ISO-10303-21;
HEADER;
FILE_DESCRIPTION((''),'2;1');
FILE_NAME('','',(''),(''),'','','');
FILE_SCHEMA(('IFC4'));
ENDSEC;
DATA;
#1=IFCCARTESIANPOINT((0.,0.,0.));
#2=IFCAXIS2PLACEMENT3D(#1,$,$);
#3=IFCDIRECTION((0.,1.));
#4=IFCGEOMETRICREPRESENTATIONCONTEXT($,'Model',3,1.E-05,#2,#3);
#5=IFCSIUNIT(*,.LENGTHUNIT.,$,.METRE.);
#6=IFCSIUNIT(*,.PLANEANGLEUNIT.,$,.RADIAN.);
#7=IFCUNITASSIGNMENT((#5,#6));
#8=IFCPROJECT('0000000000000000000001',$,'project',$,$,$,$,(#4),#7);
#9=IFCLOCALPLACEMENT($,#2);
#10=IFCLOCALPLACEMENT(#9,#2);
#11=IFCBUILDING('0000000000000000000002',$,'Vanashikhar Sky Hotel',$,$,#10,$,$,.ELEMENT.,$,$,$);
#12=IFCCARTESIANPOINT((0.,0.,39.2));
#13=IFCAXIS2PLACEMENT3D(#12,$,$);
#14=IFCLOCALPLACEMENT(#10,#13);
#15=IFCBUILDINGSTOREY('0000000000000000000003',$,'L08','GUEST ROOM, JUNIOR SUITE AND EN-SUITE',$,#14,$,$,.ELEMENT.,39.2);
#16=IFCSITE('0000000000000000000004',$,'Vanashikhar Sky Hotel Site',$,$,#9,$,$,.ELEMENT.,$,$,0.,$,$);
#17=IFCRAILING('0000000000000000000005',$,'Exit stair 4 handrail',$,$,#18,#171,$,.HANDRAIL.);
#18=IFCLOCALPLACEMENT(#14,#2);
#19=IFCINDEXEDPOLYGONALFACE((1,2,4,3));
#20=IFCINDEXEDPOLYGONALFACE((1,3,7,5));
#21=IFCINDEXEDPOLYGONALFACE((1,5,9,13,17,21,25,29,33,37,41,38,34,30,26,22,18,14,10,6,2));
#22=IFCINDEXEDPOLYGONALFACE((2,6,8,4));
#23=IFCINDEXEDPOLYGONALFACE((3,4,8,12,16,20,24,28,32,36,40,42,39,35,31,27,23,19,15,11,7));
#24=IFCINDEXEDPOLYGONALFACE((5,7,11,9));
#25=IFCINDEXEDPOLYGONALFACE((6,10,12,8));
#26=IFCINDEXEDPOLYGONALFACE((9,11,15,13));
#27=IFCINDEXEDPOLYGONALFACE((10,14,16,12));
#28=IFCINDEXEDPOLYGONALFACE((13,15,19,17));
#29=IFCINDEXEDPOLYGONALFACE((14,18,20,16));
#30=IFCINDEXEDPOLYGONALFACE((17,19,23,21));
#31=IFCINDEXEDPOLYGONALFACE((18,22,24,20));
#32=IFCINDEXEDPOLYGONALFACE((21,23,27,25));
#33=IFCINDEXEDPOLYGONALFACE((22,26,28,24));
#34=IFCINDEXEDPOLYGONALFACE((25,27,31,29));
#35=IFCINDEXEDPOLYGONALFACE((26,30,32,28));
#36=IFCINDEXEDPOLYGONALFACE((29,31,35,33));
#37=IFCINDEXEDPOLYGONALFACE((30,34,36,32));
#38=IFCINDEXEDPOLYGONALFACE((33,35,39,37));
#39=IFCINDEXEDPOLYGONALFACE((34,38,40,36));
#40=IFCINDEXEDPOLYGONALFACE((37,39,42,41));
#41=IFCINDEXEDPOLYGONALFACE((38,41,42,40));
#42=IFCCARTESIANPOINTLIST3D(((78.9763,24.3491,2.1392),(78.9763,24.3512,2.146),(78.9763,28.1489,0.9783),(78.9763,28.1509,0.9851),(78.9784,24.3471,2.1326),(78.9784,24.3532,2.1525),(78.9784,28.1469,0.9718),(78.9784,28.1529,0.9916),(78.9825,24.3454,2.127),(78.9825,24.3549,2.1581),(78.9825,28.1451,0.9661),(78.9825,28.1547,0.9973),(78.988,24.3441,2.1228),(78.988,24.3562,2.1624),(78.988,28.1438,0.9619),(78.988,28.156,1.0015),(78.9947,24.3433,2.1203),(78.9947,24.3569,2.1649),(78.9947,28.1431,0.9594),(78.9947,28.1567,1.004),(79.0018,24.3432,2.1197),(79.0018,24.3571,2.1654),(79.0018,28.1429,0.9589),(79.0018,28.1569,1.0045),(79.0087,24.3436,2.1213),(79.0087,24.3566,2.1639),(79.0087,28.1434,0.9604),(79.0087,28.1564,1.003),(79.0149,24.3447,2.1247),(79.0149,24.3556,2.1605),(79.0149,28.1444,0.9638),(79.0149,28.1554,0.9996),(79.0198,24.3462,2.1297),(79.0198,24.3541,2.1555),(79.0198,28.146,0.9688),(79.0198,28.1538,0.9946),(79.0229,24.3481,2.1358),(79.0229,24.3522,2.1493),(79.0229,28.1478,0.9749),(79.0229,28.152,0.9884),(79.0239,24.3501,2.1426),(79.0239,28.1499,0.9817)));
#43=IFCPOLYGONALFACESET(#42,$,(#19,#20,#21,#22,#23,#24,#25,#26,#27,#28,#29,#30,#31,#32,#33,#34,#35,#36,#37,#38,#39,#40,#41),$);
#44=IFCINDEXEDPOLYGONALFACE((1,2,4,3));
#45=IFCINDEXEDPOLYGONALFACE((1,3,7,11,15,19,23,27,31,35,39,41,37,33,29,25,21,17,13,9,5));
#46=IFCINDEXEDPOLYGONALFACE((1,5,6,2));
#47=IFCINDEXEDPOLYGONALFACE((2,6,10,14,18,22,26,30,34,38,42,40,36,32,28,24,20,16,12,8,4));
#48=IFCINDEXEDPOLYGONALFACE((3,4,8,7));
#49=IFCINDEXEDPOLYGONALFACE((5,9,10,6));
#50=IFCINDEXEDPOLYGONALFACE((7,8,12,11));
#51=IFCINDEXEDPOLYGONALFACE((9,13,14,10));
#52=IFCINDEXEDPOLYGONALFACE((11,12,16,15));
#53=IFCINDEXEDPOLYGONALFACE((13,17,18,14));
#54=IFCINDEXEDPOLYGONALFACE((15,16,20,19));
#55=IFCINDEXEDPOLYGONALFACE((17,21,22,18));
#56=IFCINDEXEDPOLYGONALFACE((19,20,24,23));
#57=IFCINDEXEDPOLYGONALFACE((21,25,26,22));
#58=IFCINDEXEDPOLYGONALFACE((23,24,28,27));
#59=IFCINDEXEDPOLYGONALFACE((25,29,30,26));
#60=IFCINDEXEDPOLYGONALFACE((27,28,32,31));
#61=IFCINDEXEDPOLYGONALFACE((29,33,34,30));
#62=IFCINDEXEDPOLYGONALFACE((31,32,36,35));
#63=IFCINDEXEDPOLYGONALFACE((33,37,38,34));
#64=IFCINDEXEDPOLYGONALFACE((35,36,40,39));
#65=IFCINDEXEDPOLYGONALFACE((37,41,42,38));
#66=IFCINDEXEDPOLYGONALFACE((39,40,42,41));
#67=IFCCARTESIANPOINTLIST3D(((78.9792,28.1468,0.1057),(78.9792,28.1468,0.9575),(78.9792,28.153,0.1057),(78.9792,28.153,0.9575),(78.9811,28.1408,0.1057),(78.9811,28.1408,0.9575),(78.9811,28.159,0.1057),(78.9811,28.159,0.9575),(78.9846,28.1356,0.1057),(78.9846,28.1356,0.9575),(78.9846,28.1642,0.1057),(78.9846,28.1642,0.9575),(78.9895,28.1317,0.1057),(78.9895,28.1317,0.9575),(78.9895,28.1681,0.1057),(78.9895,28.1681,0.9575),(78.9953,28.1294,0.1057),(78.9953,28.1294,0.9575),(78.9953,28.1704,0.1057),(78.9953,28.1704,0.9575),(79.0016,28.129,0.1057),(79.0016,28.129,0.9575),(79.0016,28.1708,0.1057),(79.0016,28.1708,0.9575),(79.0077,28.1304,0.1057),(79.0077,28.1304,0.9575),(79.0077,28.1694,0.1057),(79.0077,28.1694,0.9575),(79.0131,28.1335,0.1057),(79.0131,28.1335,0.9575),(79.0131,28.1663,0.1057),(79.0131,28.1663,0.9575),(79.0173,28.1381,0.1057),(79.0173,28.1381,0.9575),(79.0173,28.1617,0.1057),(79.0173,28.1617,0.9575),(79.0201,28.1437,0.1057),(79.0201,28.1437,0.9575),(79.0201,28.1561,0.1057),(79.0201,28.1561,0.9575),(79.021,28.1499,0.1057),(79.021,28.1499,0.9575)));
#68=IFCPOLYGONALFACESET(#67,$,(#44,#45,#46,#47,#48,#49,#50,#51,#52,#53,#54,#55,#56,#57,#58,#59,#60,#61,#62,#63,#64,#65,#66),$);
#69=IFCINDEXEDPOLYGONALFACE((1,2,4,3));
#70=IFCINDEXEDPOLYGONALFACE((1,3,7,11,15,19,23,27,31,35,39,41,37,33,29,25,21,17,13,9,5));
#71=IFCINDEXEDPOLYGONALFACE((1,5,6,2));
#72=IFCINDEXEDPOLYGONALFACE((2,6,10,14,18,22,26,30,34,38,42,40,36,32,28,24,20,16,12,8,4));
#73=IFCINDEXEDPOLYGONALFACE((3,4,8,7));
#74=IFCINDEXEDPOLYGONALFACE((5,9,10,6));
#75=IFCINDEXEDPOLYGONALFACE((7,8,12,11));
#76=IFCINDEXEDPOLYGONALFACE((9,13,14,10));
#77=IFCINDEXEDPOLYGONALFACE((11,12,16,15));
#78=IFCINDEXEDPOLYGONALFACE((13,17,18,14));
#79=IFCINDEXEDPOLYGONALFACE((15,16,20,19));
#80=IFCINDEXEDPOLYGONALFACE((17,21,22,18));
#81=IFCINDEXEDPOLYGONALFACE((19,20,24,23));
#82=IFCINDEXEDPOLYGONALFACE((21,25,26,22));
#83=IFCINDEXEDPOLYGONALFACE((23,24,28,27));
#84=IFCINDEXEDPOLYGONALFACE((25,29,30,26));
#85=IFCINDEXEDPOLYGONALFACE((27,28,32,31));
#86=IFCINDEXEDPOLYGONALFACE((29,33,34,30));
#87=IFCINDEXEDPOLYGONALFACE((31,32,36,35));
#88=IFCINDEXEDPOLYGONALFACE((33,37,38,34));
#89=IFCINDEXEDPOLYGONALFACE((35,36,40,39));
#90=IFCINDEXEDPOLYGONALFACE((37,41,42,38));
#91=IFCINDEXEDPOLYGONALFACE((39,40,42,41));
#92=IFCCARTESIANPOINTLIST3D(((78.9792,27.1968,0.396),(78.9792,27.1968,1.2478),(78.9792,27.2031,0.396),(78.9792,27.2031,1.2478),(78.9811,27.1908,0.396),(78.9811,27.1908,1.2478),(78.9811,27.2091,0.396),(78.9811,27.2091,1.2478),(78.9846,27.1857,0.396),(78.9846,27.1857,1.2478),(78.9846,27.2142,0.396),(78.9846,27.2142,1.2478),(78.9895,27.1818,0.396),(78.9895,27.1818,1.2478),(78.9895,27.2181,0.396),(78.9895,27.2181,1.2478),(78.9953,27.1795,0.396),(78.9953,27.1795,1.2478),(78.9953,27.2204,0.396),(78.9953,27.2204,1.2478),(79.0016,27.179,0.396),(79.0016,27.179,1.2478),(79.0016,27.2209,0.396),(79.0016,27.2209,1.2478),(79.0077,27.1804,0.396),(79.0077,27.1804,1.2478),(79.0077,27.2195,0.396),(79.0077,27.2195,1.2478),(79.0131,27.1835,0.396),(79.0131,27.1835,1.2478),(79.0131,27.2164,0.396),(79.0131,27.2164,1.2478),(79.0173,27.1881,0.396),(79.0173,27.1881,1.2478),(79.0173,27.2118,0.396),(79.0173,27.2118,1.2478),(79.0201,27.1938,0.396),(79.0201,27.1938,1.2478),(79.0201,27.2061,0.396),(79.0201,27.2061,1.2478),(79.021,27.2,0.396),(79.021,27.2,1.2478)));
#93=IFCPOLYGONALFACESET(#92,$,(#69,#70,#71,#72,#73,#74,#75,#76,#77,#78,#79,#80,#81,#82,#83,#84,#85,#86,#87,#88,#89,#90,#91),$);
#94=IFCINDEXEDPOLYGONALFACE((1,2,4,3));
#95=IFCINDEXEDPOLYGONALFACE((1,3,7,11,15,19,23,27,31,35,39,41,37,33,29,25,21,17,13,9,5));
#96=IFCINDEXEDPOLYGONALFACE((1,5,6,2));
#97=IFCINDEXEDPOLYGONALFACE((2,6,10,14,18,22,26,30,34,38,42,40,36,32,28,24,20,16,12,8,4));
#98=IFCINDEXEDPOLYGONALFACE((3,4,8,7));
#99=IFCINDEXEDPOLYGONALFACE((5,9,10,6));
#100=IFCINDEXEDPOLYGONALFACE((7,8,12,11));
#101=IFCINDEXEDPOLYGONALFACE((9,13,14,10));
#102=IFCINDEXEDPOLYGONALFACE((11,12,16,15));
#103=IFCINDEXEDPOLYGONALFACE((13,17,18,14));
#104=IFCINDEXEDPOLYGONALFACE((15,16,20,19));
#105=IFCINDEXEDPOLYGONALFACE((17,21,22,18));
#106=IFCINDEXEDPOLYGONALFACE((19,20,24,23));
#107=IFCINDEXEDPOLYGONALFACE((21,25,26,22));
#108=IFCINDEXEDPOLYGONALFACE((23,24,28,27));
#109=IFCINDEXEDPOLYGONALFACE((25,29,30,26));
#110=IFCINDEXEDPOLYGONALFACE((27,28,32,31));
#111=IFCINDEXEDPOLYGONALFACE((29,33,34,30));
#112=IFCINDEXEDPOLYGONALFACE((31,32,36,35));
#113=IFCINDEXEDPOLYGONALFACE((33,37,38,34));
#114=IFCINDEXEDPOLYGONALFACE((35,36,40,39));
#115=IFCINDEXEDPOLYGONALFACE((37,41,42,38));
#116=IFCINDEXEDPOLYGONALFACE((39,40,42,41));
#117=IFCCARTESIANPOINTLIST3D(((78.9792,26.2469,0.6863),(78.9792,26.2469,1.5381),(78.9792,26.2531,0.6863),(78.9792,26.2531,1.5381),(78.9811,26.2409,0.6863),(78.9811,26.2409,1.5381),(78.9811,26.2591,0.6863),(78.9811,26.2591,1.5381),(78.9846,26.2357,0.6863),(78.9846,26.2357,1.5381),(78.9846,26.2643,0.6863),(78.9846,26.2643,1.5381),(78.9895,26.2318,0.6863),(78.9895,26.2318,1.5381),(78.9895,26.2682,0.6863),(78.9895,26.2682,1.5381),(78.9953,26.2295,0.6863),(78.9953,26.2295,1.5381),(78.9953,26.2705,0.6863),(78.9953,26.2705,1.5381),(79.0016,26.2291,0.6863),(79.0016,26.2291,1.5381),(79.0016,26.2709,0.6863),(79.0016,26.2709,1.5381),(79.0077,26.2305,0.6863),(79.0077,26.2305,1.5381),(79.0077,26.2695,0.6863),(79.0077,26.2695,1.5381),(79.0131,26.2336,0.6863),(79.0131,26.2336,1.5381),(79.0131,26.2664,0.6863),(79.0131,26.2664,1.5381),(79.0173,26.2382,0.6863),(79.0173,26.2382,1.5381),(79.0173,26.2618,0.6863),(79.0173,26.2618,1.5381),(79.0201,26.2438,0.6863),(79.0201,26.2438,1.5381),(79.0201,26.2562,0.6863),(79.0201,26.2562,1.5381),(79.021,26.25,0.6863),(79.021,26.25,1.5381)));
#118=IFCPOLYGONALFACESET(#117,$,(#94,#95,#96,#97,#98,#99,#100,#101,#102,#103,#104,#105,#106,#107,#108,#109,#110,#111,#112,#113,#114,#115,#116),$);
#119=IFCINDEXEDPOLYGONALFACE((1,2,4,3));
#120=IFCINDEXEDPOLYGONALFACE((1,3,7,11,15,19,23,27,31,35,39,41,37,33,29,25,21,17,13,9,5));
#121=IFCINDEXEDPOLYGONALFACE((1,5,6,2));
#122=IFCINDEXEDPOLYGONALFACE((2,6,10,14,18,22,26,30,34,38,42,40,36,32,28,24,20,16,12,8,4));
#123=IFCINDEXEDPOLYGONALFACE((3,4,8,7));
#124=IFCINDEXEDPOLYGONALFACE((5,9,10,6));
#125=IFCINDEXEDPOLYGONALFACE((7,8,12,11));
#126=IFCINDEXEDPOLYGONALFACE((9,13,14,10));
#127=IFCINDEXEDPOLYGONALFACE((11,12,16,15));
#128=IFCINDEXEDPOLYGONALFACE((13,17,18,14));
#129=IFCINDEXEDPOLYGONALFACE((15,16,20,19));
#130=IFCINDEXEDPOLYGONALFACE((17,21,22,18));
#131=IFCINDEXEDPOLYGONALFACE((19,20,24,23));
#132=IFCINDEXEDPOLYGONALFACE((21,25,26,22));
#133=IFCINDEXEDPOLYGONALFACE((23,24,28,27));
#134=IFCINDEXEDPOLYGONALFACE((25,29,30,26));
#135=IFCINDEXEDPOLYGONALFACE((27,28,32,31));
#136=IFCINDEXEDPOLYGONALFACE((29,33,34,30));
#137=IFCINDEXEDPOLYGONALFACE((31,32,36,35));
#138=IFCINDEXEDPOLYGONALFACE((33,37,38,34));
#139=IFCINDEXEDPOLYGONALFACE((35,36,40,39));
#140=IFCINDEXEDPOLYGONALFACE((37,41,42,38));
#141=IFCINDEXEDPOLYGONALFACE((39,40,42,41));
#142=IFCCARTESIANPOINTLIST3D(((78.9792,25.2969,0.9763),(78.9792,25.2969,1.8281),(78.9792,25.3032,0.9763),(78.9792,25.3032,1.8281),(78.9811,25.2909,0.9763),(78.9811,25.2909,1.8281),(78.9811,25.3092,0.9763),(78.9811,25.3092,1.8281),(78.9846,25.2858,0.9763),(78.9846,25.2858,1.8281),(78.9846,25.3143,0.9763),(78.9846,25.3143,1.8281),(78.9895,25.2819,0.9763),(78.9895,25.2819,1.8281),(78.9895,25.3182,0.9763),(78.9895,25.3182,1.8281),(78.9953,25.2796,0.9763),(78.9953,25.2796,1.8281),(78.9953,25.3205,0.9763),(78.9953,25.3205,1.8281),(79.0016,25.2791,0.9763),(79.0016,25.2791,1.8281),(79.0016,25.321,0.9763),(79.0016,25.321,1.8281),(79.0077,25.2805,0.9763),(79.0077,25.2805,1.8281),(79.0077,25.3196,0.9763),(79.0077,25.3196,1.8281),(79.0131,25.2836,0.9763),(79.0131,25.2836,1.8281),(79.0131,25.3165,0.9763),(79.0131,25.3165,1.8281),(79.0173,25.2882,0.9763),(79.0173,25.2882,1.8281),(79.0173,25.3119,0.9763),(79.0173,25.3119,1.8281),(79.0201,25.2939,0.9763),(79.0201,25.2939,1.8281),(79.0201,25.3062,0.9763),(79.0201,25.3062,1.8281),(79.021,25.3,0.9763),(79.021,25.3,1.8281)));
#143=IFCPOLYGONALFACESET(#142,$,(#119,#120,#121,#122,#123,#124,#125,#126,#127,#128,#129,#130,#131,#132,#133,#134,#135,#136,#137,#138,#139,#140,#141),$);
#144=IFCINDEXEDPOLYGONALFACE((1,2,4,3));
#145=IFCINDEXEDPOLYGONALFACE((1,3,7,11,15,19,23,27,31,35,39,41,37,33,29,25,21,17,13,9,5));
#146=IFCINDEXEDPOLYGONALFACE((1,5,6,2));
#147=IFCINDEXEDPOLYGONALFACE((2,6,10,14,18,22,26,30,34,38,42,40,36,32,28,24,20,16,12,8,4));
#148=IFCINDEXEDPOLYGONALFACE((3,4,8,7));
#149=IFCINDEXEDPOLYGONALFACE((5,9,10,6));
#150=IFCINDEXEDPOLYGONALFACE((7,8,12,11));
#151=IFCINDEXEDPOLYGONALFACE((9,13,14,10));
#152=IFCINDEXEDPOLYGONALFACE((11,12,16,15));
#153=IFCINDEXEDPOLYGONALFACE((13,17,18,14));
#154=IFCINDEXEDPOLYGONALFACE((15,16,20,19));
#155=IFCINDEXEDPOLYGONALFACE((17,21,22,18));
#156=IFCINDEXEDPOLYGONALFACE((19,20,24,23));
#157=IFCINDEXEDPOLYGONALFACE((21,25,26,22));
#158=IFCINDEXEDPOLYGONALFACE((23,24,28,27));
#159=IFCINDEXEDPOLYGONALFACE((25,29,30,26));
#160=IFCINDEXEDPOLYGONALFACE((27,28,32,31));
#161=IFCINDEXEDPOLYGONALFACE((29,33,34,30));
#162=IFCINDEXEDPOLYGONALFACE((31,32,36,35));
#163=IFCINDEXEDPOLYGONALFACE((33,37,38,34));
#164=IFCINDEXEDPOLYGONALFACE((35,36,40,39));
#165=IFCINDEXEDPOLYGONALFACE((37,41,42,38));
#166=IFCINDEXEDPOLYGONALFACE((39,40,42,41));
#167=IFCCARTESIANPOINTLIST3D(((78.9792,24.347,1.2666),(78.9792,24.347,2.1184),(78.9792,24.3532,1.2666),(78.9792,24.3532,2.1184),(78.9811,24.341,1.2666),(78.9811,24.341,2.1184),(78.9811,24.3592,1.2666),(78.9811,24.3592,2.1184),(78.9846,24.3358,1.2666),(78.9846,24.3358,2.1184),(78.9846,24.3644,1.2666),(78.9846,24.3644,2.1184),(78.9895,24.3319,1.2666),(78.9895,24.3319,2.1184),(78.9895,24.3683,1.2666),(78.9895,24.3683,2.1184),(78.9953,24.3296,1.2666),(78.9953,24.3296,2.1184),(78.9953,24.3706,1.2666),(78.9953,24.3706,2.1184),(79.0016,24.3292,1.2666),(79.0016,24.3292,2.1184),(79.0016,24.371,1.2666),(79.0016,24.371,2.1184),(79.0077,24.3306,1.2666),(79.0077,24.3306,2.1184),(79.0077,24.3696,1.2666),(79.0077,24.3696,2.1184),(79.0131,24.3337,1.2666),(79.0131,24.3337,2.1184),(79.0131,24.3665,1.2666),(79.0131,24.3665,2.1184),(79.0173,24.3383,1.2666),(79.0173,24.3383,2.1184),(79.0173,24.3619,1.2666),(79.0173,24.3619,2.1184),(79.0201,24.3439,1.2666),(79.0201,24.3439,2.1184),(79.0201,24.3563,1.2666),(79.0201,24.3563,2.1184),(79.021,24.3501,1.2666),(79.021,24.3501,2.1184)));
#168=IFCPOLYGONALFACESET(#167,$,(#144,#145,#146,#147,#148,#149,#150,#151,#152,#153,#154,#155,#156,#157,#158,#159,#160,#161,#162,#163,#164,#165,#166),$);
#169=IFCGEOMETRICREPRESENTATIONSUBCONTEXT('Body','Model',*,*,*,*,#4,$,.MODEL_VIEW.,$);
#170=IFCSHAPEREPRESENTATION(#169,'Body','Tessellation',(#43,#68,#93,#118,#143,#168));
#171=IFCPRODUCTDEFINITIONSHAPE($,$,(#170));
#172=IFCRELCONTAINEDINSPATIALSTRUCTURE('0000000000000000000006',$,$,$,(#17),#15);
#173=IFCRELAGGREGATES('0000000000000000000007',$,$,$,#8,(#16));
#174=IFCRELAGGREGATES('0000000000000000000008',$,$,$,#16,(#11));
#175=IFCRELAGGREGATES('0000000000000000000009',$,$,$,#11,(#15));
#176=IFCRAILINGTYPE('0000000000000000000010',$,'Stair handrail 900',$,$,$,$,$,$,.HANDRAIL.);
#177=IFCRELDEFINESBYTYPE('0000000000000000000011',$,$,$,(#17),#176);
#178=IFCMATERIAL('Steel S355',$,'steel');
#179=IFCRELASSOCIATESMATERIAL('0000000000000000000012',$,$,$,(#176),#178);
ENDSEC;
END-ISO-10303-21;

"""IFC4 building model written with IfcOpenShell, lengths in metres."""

from ifc_helpers import new_model, si_unit, direction, frame, origin, origin_2d, place, context, subcontext, project, spatial, circle, extrude, source, transform, mapped, material, type_object, element, save


model = new_model("IFC4")

# Units and contexts
model_context = context("Model", 3, precision=1e-05, world=origin(), true_north=direction((0.0, 1.0)))
body_context = subcontext(model_context, "Body", "Model", "MODEL_VIEW")
ifc_project = project(units=[si_unit("LENGTHUNIT", "METRE"), si_unit("PLANEANGLEUNIT", "RADIAN")], contexts=[model_context])

# Site, building, storey
site_placement = place(None, origin())
site = spatial("IfcSite", under=ifc_project, at=site_placement, Name="Vanashikhar Sky Hotel Site", CompositionType="ELEMENT", RefElevation=0.0)
building_placement = place(site_placement, origin())
building = spatial("IfcBuilding", under=site, at=building_placement, Name="Vanashikhar Sky Hotel", CompositionType="ELEMENT")
storey_placement = place(building_placement, frame((0.0, 0.0, 39.2)))
storey = spatial("IfcBuildingStorey", under=building, at=storey_placement, Name="L08", Description="GUEST ROOM, JUNIOR SUITE AND EN-SUITE", CompositionType="ELEMENT", Elevation=39.2)

# Railing
ifc_material_1 = material(Name="Steel S355", Category="steel")
railing_type_1 = type_object("IfcRailingType", Name="Stair handrail 900", PredefinedType="HANDRAIL", material=ifc_material_1)
shared_shape_1 = source(origin(), body_context, "Body", "SweptSolid", [
    extrude(circle(Radius=0.0239, at=origin_2d()), frame((0.0, 0.0, 0.876), z_axis=(0.0, -0.956363, 0.292181), x_axis=(1.0, 0.0, 0.0)), (0.0, 0.0, 1.0), 3.9731),
    extrude(circle(Radius=0.021, at=origin_2d()), origin(), (0.0, 0.0, 1.0), 0.8518),
    extrude(circle(Radius=0.021, at=origin_2d()), frame((0.0, -0.95, 0.2903)), (0.0, 0.0, 1.0), 0.8518),
    extrude(circle(Radius=0.021, at=origin_2d()), frame((0.0, -1.8999, 0.5806)), (0.0, 0.0, 1.0), 0.8518),
    extrude(circle(Radius=0.021, at=origin_2d()), frame((0.0, -2.8499, 0.8706)), (0.0, 0.0, 1.0), 0.8518),
    extrude(circle(Radius=0.021, at=origin_2d()), frame((0.0, -3.7998, 1.1609)), (0.0, 0.0, 1.0), 0.8518),
])
railing_1_placement = place(storey_placement, frame((79.0, 28.1499, 0.1057)))
element("IfcRailing", 1, at=railing_1_placement, inside=storey, type_object=railing_type_1, Name="Exit stair 4 handrail", PredefinedType="HANDRAIL", context=body_context, shape_type="MappedRepresentation", body=[
    mapped(shared_shape_1, transform((0.0, 0.0, 0.0), scale=1.0)),
])

save(model, "model.ifc")
